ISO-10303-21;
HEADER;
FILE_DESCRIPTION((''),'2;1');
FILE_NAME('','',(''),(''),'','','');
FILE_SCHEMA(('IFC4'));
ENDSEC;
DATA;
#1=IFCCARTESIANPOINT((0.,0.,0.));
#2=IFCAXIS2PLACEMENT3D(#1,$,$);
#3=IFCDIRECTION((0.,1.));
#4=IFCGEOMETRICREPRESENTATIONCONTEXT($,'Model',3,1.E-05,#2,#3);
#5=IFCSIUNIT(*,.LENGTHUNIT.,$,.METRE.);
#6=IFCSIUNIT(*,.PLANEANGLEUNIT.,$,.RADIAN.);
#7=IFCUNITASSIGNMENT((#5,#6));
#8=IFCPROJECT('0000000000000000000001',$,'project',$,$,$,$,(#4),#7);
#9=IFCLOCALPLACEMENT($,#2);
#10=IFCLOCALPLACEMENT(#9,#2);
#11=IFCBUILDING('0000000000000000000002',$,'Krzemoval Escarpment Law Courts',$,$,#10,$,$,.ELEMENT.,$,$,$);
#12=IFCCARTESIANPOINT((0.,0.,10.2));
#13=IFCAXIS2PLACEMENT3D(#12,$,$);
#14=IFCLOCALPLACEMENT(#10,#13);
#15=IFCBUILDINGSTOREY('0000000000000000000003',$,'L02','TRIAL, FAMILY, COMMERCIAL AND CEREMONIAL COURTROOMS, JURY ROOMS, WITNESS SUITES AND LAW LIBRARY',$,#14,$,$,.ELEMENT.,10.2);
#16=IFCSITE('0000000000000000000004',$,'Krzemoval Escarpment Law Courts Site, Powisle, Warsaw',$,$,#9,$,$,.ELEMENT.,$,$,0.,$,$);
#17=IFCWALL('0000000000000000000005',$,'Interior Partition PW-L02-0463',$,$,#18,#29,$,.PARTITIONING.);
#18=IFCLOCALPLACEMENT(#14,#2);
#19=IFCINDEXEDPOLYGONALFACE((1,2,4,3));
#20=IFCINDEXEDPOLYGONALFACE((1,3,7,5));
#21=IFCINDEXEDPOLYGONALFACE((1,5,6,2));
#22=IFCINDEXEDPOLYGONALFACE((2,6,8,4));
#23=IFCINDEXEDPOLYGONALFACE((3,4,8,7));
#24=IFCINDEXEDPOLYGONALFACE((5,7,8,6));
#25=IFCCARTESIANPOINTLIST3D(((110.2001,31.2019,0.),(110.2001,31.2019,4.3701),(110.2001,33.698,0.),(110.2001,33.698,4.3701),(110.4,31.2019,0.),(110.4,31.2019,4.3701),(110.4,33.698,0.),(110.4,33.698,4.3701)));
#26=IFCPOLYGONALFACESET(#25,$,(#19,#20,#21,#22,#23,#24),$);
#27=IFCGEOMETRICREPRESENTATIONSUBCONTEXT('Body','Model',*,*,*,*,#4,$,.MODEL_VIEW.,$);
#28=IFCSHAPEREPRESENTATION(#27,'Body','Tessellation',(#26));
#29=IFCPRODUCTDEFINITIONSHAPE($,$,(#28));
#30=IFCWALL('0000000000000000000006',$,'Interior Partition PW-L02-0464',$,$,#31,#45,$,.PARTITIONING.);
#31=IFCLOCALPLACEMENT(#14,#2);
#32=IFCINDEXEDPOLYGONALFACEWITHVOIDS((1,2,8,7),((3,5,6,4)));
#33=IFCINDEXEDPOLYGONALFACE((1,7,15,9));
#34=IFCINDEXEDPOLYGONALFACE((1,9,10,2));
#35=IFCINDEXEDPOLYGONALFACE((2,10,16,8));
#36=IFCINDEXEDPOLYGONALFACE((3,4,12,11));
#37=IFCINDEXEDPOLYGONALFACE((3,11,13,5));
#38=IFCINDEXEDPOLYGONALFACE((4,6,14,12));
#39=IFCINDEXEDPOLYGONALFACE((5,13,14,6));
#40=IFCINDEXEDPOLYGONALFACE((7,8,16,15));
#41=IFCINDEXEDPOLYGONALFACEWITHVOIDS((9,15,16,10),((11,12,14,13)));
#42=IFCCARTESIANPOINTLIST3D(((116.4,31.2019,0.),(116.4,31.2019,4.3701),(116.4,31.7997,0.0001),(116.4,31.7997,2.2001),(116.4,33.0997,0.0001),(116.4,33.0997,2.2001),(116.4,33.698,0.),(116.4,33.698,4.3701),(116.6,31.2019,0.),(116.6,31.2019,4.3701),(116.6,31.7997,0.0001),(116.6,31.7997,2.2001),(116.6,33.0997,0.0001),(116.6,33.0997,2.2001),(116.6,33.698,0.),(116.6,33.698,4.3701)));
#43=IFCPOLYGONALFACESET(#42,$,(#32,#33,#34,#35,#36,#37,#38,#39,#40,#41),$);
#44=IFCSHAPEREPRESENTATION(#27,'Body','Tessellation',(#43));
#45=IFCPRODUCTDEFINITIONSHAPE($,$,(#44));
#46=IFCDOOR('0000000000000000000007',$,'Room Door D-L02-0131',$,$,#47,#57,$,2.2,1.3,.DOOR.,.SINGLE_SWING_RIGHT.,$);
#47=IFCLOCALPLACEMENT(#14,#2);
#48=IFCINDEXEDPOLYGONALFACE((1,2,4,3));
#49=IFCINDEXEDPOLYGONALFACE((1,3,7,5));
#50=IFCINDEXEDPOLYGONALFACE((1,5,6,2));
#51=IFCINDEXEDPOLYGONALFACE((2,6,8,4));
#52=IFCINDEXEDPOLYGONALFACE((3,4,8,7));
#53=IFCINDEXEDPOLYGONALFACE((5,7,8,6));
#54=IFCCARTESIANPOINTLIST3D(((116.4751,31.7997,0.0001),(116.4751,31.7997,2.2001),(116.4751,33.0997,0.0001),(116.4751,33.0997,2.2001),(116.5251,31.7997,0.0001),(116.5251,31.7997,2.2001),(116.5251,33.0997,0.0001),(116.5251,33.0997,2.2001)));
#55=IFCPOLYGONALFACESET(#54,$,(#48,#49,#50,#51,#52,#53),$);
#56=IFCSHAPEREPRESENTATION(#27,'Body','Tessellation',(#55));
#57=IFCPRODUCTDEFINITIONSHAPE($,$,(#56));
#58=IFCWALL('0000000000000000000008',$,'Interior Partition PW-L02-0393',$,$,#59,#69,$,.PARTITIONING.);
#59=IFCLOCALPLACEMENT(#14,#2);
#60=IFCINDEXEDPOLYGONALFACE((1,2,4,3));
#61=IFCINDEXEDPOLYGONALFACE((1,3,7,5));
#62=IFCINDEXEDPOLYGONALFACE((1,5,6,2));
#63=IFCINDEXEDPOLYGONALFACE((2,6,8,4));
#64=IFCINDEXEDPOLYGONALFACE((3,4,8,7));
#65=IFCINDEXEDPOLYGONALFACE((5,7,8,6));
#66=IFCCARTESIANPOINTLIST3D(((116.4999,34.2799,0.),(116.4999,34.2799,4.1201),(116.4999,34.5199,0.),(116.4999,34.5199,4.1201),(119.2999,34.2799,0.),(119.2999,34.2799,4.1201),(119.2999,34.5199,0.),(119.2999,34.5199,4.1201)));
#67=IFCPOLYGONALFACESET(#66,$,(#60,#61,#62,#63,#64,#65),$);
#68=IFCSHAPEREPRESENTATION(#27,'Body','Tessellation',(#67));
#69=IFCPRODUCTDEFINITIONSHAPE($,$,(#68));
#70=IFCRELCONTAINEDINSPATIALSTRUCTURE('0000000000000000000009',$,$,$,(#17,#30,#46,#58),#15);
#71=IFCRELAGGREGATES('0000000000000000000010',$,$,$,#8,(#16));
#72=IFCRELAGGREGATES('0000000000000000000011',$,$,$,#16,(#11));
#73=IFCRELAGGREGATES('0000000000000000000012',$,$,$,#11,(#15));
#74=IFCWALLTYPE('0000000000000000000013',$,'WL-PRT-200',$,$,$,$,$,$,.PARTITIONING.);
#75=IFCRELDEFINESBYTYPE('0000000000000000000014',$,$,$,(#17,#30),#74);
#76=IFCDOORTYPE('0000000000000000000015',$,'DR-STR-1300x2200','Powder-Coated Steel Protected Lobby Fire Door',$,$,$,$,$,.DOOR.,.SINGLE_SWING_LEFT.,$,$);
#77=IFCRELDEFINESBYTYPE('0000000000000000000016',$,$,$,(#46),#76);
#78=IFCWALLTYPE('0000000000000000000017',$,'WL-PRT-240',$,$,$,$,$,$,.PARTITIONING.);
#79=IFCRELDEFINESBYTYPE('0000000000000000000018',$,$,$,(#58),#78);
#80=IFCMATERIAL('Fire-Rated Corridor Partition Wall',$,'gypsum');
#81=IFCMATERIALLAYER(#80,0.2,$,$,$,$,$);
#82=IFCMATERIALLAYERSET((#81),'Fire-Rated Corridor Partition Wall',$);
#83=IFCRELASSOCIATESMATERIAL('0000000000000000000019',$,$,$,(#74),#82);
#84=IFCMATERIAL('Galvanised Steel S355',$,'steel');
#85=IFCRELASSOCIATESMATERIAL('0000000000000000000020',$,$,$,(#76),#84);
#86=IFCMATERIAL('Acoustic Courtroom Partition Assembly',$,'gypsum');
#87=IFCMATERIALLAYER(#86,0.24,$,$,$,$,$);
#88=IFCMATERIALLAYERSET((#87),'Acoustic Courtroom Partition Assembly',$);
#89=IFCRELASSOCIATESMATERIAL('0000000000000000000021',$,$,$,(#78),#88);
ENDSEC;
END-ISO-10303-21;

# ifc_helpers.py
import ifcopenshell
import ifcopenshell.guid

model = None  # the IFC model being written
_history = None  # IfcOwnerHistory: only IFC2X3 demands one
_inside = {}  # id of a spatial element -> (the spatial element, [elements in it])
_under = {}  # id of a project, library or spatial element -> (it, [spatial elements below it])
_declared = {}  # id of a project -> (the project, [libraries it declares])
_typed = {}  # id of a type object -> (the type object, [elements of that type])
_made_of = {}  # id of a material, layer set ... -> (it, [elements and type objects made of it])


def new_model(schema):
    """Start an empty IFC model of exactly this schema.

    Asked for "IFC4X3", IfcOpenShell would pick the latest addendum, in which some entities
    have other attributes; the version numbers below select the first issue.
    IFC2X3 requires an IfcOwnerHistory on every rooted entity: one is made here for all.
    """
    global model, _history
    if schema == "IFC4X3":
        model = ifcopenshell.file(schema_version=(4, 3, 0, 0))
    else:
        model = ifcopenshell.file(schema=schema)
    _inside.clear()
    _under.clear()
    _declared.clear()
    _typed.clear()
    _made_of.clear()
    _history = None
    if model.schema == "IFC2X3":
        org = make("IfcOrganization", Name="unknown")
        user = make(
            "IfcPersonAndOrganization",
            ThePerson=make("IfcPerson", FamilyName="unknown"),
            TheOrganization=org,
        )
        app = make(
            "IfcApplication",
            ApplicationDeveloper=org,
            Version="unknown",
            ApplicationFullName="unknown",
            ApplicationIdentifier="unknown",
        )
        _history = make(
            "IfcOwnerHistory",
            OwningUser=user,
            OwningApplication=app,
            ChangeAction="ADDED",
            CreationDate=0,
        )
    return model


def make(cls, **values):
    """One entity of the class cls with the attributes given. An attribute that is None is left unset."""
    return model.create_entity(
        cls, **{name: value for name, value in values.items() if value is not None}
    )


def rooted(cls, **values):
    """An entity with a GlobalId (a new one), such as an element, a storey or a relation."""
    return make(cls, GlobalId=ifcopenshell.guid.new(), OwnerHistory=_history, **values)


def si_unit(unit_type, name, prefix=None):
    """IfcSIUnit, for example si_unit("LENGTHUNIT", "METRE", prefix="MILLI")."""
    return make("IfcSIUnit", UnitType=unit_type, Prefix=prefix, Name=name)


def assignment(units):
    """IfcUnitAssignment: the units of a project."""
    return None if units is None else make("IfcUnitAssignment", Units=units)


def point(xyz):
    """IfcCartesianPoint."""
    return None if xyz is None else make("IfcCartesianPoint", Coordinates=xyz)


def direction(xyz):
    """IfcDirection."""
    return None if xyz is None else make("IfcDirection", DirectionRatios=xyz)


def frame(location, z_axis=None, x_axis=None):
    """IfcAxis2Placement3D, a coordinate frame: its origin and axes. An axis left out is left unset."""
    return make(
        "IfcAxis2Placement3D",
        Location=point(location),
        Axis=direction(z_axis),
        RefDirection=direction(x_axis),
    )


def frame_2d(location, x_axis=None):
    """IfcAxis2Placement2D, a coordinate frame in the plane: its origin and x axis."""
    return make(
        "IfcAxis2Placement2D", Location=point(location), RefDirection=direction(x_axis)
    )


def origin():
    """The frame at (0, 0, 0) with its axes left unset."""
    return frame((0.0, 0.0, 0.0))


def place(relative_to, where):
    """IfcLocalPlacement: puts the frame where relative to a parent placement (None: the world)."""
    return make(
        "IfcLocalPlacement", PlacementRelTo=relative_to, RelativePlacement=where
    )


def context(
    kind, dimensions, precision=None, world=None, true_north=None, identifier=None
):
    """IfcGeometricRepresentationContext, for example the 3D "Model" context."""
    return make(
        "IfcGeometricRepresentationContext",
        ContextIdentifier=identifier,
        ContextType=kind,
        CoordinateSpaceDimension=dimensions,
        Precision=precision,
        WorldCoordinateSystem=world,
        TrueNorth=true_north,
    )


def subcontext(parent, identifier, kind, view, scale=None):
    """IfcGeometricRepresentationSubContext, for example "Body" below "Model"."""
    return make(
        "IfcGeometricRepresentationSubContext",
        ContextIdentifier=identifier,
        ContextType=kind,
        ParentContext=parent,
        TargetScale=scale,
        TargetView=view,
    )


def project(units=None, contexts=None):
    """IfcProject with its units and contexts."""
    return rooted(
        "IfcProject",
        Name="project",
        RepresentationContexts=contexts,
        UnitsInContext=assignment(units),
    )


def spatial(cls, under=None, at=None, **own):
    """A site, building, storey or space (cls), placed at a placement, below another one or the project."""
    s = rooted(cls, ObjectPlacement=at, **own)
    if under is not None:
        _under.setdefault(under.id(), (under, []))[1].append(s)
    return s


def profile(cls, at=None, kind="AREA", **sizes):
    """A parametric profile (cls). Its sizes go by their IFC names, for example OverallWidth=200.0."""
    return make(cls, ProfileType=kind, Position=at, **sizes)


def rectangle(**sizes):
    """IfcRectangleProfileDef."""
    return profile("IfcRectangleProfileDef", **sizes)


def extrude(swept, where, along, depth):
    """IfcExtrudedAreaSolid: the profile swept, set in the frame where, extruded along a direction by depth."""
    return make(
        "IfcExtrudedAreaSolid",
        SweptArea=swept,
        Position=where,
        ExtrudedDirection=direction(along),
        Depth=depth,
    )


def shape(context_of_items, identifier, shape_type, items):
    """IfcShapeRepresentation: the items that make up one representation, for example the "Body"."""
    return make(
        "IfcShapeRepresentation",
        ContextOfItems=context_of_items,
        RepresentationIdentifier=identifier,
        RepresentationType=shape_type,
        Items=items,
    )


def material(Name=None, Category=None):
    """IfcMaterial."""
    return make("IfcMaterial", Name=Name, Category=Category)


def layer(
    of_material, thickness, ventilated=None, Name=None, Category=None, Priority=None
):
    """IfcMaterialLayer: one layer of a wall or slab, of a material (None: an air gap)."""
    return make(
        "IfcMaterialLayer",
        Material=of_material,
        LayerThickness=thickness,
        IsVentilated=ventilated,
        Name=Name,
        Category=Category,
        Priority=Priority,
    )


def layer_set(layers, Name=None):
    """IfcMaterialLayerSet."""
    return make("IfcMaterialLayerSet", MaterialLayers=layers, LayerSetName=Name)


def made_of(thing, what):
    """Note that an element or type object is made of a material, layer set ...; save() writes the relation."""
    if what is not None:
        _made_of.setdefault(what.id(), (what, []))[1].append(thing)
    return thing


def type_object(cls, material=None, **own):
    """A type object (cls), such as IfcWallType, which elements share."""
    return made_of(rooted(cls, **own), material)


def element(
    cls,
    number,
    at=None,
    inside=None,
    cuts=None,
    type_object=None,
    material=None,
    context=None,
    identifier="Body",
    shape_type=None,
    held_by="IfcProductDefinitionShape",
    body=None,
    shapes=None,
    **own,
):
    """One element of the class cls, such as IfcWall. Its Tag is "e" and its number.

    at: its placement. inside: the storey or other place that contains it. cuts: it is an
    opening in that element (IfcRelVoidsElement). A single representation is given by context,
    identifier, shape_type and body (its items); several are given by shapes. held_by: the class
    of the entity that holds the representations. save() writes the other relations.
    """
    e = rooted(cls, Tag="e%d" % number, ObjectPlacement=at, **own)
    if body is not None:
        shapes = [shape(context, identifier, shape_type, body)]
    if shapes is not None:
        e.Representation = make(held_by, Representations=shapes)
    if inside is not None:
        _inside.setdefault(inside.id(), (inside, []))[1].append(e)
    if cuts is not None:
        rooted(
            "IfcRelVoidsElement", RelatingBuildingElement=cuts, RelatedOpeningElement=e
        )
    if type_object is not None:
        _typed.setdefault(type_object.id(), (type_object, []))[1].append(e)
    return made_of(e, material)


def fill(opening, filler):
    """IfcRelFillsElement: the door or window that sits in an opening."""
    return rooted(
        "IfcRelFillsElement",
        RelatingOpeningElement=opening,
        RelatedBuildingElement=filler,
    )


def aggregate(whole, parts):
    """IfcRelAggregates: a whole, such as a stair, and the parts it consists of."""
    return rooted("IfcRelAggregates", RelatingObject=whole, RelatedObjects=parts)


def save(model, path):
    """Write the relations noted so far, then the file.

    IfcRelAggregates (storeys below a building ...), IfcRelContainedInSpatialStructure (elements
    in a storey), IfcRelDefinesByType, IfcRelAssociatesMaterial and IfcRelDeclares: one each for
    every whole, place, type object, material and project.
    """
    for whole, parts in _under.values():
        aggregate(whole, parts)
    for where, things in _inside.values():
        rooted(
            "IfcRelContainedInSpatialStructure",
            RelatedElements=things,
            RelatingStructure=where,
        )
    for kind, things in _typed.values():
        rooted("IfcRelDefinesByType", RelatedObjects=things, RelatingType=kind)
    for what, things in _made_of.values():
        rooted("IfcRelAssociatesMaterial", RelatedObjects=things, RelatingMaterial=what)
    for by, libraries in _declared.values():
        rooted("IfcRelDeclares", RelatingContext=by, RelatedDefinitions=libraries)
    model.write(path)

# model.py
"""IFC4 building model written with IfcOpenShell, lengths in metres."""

from ifc_helpers import new_model, si_unit, direction, frame, frame_2d, origin, place, context, subcontext, project, spatial, rectangle, extrude, material, layer, layer_set, type_object, element, fill, save


model = new_model("IFC4")

# Units and contexts
model_context = context("Model", 3, precision=1e-05, world=origin(), true_north=direction((0.0, 1.0)))
body_context = subcontext(model_context, "Body", "Model", "MODEL_VIEW")
ifc_project = project(units=[si_unit("LENGTHUNIT", "METRE"), si_unit("PLANEANGLEUNIT", "RADIAN")], contexts=[model_context])

# Site, building, storey
site_placement = place(None, origin())
site = spatial("IfcSite", under=ifc_project, at=site_placement, Name="Krzemoval Escarpment Law Courts Site, Powisle, Warsaw", CompositionType="ELEMENT", RefElevation=0.0)
building_placement = place(site_placement, origin())
building = spatial("IfcBuilding", under=site, at=building_placement, Name="Krzemoval Escarpment Law Courts", CompositionType="ELEMENT")
storey_placement = place(building_placement, frame((0.0, 0.0, 10.2)))
storey = spatial("IfcBuildingStorey", under=building, at=storey_placement, Name="L02", Description="TRIAL, FAMILY, COMMERCIAL AND CEREMONIAL COURTROOMS, JURY ROOMS, WITNESS SUITES AND LAW LIBRARY", CompositionType="ELEMENT", Elevation=10.2)

# Wall
ifc_material_1 = material(Name="Fire-Rated Corridor Partition Wall", Category="gypsum")
ifc_layer_1 = layer(ifc_material_1, 0.2)
ifc_layer_set_1 = layer_set([ifc_layer_1], Name="Fire-Rated Corridor Partition Wall")
wall_type_1 = type_object("IfcWallType", Name="WL-PRT-200", PredefinedType="PARTITIONING", material=ifc_layer_set_1)
wall_1_placement = place(storey_placement, frame((110.3, 31.2019, 0.0), z_axis=(0.0, 0.0, 1.0), x_axis=(0.0, 1.0, 0.0)))
element("IfcWall", 1, at=wall_1_placement, inside=storey, type_object=wall_type_1, Name="Interior Partition PW-L02-0463", PredefinedType="PARTITIONING", context=body_context, shape_type="SweptSolid", body=[
    extrude(rectangle(XDim=2.4961, YDim=0.2, at=frame_2d((1.248, 0.0))), origin(), (0.0, 0.0, 1.0), 4.3701),
])

# Wall, opening, door
wall_2_placement = place(storey_placement, frame((116.5, 31.2019, 0.0), z_axis=(0.0, 0.0, 1.0), x_axis=(0.0, 1.0, 0.0)))
wall_2 = element("IfcWall", 2, at=wall_2_placement, inside=storey, type_object=wall_type_1, Name="Interior Partition PW-L02-0464", PredefinedType="PARTITIONING", context=body_context, shape_type="SweptSolid", body=[
    extrude(rectangle(XDim=2.4961, YDim=0.2, at=frame_2d((1.248, 0.0))), origin(), (0.0, 0.0, 1.0), 4.3701),
])
opening_1_placement = place(wall_2_placement, frame((0.5979, 0.0, 0.0)))
opening_1 = element("IfcOpeningElement", 3, at=opening_1_placement, cuts=wall_2, PredefinedType="OPENING", context=body_context, shape_type="SweptSolid", body=[
    extrude(rectangle(XDim=1.3, YDim=2.2, at=frame_2d((0.6499, 1.1001))), frame((0.0, 0.115, 0.0), z_axis=(0.0, -1.0, 0.0), x_axis=(1.0, 0.0, 0.0)), (0.0, 0.0, 1.0), 0.2299),
])
ifc_material_2 = material(Name="Galvanised Steel S355", Category="steel")
door_type = type_object("IfcDoorType", Name="DR-STR-1300x2200", Description="Powder-Coated Steel Protected Lobby Fire Door", OperationType="SINGLE_SWING_LEFT", PredefinedType="DOOR", material=ifc_material_2)
door_placement = place(opening_1_placement, origin())
door = element("IfcDoor", 4, at=door_placement, inside=storey, type_object=door_type, Name="Room Door D-L02-0131", OperationType="SINGLE_SWING_RIGHT", OverallHeight=2.2, OverallWidth=1.3, PredefinedType="DOOR", context=body_context, shape_type="SweptSolid", body=[
    extrude(rectangle(XDim=1.3, YDim=2.2, at=frame_2d((0.6499, 1.1001))), frame((0.0, 0.0249, 0.0), z_axis=(0.0, -1.0, 0.0), x_axis=(1.0, 0.0, 0.0)), (0.0, 0.0, 1.0), 0.05),
])
fill(opening_1, door)

# Wall
ifc_material_3 = material(Name="Acoustic Courtroom Partition Assembly", Category="gypsum")
ifc_layer_2 = layer(ifc_material_3, 0.24)
ifc_layer_set_2 = layer_set([ifc_layer_2], Name="Acoustic Courtroom Partition Assembly")
wall_type_2 = type_object("IfcWallType", Name="WL-PRT-240", PredefinedType="PARTITIONING", material=ifc_layer_set_2)
wall_3_placement = place(storey_placement, frame((116.5, 34.3999, 0.0), z_axis=(0.0, 0.0, 1.0), x_axis=(1.0, 0.0, 0.0)))
element("IfcWall", 5, at=wall_3_placement, inside=storey, type_object=wall_type_2, Name="Interior Partition PW-L02-0393", PredefinedType="PARTITIONING", context=body_context, shape_type="SweptSolid", body=[
    extrude(rectangle(XDim=2.8, YDim=0.24, at=frame_2d((1.3999, 0.0))), origin(), (0.0, 0.0, 1.0), 4.1201),
])

save(model, "model.ifc")
